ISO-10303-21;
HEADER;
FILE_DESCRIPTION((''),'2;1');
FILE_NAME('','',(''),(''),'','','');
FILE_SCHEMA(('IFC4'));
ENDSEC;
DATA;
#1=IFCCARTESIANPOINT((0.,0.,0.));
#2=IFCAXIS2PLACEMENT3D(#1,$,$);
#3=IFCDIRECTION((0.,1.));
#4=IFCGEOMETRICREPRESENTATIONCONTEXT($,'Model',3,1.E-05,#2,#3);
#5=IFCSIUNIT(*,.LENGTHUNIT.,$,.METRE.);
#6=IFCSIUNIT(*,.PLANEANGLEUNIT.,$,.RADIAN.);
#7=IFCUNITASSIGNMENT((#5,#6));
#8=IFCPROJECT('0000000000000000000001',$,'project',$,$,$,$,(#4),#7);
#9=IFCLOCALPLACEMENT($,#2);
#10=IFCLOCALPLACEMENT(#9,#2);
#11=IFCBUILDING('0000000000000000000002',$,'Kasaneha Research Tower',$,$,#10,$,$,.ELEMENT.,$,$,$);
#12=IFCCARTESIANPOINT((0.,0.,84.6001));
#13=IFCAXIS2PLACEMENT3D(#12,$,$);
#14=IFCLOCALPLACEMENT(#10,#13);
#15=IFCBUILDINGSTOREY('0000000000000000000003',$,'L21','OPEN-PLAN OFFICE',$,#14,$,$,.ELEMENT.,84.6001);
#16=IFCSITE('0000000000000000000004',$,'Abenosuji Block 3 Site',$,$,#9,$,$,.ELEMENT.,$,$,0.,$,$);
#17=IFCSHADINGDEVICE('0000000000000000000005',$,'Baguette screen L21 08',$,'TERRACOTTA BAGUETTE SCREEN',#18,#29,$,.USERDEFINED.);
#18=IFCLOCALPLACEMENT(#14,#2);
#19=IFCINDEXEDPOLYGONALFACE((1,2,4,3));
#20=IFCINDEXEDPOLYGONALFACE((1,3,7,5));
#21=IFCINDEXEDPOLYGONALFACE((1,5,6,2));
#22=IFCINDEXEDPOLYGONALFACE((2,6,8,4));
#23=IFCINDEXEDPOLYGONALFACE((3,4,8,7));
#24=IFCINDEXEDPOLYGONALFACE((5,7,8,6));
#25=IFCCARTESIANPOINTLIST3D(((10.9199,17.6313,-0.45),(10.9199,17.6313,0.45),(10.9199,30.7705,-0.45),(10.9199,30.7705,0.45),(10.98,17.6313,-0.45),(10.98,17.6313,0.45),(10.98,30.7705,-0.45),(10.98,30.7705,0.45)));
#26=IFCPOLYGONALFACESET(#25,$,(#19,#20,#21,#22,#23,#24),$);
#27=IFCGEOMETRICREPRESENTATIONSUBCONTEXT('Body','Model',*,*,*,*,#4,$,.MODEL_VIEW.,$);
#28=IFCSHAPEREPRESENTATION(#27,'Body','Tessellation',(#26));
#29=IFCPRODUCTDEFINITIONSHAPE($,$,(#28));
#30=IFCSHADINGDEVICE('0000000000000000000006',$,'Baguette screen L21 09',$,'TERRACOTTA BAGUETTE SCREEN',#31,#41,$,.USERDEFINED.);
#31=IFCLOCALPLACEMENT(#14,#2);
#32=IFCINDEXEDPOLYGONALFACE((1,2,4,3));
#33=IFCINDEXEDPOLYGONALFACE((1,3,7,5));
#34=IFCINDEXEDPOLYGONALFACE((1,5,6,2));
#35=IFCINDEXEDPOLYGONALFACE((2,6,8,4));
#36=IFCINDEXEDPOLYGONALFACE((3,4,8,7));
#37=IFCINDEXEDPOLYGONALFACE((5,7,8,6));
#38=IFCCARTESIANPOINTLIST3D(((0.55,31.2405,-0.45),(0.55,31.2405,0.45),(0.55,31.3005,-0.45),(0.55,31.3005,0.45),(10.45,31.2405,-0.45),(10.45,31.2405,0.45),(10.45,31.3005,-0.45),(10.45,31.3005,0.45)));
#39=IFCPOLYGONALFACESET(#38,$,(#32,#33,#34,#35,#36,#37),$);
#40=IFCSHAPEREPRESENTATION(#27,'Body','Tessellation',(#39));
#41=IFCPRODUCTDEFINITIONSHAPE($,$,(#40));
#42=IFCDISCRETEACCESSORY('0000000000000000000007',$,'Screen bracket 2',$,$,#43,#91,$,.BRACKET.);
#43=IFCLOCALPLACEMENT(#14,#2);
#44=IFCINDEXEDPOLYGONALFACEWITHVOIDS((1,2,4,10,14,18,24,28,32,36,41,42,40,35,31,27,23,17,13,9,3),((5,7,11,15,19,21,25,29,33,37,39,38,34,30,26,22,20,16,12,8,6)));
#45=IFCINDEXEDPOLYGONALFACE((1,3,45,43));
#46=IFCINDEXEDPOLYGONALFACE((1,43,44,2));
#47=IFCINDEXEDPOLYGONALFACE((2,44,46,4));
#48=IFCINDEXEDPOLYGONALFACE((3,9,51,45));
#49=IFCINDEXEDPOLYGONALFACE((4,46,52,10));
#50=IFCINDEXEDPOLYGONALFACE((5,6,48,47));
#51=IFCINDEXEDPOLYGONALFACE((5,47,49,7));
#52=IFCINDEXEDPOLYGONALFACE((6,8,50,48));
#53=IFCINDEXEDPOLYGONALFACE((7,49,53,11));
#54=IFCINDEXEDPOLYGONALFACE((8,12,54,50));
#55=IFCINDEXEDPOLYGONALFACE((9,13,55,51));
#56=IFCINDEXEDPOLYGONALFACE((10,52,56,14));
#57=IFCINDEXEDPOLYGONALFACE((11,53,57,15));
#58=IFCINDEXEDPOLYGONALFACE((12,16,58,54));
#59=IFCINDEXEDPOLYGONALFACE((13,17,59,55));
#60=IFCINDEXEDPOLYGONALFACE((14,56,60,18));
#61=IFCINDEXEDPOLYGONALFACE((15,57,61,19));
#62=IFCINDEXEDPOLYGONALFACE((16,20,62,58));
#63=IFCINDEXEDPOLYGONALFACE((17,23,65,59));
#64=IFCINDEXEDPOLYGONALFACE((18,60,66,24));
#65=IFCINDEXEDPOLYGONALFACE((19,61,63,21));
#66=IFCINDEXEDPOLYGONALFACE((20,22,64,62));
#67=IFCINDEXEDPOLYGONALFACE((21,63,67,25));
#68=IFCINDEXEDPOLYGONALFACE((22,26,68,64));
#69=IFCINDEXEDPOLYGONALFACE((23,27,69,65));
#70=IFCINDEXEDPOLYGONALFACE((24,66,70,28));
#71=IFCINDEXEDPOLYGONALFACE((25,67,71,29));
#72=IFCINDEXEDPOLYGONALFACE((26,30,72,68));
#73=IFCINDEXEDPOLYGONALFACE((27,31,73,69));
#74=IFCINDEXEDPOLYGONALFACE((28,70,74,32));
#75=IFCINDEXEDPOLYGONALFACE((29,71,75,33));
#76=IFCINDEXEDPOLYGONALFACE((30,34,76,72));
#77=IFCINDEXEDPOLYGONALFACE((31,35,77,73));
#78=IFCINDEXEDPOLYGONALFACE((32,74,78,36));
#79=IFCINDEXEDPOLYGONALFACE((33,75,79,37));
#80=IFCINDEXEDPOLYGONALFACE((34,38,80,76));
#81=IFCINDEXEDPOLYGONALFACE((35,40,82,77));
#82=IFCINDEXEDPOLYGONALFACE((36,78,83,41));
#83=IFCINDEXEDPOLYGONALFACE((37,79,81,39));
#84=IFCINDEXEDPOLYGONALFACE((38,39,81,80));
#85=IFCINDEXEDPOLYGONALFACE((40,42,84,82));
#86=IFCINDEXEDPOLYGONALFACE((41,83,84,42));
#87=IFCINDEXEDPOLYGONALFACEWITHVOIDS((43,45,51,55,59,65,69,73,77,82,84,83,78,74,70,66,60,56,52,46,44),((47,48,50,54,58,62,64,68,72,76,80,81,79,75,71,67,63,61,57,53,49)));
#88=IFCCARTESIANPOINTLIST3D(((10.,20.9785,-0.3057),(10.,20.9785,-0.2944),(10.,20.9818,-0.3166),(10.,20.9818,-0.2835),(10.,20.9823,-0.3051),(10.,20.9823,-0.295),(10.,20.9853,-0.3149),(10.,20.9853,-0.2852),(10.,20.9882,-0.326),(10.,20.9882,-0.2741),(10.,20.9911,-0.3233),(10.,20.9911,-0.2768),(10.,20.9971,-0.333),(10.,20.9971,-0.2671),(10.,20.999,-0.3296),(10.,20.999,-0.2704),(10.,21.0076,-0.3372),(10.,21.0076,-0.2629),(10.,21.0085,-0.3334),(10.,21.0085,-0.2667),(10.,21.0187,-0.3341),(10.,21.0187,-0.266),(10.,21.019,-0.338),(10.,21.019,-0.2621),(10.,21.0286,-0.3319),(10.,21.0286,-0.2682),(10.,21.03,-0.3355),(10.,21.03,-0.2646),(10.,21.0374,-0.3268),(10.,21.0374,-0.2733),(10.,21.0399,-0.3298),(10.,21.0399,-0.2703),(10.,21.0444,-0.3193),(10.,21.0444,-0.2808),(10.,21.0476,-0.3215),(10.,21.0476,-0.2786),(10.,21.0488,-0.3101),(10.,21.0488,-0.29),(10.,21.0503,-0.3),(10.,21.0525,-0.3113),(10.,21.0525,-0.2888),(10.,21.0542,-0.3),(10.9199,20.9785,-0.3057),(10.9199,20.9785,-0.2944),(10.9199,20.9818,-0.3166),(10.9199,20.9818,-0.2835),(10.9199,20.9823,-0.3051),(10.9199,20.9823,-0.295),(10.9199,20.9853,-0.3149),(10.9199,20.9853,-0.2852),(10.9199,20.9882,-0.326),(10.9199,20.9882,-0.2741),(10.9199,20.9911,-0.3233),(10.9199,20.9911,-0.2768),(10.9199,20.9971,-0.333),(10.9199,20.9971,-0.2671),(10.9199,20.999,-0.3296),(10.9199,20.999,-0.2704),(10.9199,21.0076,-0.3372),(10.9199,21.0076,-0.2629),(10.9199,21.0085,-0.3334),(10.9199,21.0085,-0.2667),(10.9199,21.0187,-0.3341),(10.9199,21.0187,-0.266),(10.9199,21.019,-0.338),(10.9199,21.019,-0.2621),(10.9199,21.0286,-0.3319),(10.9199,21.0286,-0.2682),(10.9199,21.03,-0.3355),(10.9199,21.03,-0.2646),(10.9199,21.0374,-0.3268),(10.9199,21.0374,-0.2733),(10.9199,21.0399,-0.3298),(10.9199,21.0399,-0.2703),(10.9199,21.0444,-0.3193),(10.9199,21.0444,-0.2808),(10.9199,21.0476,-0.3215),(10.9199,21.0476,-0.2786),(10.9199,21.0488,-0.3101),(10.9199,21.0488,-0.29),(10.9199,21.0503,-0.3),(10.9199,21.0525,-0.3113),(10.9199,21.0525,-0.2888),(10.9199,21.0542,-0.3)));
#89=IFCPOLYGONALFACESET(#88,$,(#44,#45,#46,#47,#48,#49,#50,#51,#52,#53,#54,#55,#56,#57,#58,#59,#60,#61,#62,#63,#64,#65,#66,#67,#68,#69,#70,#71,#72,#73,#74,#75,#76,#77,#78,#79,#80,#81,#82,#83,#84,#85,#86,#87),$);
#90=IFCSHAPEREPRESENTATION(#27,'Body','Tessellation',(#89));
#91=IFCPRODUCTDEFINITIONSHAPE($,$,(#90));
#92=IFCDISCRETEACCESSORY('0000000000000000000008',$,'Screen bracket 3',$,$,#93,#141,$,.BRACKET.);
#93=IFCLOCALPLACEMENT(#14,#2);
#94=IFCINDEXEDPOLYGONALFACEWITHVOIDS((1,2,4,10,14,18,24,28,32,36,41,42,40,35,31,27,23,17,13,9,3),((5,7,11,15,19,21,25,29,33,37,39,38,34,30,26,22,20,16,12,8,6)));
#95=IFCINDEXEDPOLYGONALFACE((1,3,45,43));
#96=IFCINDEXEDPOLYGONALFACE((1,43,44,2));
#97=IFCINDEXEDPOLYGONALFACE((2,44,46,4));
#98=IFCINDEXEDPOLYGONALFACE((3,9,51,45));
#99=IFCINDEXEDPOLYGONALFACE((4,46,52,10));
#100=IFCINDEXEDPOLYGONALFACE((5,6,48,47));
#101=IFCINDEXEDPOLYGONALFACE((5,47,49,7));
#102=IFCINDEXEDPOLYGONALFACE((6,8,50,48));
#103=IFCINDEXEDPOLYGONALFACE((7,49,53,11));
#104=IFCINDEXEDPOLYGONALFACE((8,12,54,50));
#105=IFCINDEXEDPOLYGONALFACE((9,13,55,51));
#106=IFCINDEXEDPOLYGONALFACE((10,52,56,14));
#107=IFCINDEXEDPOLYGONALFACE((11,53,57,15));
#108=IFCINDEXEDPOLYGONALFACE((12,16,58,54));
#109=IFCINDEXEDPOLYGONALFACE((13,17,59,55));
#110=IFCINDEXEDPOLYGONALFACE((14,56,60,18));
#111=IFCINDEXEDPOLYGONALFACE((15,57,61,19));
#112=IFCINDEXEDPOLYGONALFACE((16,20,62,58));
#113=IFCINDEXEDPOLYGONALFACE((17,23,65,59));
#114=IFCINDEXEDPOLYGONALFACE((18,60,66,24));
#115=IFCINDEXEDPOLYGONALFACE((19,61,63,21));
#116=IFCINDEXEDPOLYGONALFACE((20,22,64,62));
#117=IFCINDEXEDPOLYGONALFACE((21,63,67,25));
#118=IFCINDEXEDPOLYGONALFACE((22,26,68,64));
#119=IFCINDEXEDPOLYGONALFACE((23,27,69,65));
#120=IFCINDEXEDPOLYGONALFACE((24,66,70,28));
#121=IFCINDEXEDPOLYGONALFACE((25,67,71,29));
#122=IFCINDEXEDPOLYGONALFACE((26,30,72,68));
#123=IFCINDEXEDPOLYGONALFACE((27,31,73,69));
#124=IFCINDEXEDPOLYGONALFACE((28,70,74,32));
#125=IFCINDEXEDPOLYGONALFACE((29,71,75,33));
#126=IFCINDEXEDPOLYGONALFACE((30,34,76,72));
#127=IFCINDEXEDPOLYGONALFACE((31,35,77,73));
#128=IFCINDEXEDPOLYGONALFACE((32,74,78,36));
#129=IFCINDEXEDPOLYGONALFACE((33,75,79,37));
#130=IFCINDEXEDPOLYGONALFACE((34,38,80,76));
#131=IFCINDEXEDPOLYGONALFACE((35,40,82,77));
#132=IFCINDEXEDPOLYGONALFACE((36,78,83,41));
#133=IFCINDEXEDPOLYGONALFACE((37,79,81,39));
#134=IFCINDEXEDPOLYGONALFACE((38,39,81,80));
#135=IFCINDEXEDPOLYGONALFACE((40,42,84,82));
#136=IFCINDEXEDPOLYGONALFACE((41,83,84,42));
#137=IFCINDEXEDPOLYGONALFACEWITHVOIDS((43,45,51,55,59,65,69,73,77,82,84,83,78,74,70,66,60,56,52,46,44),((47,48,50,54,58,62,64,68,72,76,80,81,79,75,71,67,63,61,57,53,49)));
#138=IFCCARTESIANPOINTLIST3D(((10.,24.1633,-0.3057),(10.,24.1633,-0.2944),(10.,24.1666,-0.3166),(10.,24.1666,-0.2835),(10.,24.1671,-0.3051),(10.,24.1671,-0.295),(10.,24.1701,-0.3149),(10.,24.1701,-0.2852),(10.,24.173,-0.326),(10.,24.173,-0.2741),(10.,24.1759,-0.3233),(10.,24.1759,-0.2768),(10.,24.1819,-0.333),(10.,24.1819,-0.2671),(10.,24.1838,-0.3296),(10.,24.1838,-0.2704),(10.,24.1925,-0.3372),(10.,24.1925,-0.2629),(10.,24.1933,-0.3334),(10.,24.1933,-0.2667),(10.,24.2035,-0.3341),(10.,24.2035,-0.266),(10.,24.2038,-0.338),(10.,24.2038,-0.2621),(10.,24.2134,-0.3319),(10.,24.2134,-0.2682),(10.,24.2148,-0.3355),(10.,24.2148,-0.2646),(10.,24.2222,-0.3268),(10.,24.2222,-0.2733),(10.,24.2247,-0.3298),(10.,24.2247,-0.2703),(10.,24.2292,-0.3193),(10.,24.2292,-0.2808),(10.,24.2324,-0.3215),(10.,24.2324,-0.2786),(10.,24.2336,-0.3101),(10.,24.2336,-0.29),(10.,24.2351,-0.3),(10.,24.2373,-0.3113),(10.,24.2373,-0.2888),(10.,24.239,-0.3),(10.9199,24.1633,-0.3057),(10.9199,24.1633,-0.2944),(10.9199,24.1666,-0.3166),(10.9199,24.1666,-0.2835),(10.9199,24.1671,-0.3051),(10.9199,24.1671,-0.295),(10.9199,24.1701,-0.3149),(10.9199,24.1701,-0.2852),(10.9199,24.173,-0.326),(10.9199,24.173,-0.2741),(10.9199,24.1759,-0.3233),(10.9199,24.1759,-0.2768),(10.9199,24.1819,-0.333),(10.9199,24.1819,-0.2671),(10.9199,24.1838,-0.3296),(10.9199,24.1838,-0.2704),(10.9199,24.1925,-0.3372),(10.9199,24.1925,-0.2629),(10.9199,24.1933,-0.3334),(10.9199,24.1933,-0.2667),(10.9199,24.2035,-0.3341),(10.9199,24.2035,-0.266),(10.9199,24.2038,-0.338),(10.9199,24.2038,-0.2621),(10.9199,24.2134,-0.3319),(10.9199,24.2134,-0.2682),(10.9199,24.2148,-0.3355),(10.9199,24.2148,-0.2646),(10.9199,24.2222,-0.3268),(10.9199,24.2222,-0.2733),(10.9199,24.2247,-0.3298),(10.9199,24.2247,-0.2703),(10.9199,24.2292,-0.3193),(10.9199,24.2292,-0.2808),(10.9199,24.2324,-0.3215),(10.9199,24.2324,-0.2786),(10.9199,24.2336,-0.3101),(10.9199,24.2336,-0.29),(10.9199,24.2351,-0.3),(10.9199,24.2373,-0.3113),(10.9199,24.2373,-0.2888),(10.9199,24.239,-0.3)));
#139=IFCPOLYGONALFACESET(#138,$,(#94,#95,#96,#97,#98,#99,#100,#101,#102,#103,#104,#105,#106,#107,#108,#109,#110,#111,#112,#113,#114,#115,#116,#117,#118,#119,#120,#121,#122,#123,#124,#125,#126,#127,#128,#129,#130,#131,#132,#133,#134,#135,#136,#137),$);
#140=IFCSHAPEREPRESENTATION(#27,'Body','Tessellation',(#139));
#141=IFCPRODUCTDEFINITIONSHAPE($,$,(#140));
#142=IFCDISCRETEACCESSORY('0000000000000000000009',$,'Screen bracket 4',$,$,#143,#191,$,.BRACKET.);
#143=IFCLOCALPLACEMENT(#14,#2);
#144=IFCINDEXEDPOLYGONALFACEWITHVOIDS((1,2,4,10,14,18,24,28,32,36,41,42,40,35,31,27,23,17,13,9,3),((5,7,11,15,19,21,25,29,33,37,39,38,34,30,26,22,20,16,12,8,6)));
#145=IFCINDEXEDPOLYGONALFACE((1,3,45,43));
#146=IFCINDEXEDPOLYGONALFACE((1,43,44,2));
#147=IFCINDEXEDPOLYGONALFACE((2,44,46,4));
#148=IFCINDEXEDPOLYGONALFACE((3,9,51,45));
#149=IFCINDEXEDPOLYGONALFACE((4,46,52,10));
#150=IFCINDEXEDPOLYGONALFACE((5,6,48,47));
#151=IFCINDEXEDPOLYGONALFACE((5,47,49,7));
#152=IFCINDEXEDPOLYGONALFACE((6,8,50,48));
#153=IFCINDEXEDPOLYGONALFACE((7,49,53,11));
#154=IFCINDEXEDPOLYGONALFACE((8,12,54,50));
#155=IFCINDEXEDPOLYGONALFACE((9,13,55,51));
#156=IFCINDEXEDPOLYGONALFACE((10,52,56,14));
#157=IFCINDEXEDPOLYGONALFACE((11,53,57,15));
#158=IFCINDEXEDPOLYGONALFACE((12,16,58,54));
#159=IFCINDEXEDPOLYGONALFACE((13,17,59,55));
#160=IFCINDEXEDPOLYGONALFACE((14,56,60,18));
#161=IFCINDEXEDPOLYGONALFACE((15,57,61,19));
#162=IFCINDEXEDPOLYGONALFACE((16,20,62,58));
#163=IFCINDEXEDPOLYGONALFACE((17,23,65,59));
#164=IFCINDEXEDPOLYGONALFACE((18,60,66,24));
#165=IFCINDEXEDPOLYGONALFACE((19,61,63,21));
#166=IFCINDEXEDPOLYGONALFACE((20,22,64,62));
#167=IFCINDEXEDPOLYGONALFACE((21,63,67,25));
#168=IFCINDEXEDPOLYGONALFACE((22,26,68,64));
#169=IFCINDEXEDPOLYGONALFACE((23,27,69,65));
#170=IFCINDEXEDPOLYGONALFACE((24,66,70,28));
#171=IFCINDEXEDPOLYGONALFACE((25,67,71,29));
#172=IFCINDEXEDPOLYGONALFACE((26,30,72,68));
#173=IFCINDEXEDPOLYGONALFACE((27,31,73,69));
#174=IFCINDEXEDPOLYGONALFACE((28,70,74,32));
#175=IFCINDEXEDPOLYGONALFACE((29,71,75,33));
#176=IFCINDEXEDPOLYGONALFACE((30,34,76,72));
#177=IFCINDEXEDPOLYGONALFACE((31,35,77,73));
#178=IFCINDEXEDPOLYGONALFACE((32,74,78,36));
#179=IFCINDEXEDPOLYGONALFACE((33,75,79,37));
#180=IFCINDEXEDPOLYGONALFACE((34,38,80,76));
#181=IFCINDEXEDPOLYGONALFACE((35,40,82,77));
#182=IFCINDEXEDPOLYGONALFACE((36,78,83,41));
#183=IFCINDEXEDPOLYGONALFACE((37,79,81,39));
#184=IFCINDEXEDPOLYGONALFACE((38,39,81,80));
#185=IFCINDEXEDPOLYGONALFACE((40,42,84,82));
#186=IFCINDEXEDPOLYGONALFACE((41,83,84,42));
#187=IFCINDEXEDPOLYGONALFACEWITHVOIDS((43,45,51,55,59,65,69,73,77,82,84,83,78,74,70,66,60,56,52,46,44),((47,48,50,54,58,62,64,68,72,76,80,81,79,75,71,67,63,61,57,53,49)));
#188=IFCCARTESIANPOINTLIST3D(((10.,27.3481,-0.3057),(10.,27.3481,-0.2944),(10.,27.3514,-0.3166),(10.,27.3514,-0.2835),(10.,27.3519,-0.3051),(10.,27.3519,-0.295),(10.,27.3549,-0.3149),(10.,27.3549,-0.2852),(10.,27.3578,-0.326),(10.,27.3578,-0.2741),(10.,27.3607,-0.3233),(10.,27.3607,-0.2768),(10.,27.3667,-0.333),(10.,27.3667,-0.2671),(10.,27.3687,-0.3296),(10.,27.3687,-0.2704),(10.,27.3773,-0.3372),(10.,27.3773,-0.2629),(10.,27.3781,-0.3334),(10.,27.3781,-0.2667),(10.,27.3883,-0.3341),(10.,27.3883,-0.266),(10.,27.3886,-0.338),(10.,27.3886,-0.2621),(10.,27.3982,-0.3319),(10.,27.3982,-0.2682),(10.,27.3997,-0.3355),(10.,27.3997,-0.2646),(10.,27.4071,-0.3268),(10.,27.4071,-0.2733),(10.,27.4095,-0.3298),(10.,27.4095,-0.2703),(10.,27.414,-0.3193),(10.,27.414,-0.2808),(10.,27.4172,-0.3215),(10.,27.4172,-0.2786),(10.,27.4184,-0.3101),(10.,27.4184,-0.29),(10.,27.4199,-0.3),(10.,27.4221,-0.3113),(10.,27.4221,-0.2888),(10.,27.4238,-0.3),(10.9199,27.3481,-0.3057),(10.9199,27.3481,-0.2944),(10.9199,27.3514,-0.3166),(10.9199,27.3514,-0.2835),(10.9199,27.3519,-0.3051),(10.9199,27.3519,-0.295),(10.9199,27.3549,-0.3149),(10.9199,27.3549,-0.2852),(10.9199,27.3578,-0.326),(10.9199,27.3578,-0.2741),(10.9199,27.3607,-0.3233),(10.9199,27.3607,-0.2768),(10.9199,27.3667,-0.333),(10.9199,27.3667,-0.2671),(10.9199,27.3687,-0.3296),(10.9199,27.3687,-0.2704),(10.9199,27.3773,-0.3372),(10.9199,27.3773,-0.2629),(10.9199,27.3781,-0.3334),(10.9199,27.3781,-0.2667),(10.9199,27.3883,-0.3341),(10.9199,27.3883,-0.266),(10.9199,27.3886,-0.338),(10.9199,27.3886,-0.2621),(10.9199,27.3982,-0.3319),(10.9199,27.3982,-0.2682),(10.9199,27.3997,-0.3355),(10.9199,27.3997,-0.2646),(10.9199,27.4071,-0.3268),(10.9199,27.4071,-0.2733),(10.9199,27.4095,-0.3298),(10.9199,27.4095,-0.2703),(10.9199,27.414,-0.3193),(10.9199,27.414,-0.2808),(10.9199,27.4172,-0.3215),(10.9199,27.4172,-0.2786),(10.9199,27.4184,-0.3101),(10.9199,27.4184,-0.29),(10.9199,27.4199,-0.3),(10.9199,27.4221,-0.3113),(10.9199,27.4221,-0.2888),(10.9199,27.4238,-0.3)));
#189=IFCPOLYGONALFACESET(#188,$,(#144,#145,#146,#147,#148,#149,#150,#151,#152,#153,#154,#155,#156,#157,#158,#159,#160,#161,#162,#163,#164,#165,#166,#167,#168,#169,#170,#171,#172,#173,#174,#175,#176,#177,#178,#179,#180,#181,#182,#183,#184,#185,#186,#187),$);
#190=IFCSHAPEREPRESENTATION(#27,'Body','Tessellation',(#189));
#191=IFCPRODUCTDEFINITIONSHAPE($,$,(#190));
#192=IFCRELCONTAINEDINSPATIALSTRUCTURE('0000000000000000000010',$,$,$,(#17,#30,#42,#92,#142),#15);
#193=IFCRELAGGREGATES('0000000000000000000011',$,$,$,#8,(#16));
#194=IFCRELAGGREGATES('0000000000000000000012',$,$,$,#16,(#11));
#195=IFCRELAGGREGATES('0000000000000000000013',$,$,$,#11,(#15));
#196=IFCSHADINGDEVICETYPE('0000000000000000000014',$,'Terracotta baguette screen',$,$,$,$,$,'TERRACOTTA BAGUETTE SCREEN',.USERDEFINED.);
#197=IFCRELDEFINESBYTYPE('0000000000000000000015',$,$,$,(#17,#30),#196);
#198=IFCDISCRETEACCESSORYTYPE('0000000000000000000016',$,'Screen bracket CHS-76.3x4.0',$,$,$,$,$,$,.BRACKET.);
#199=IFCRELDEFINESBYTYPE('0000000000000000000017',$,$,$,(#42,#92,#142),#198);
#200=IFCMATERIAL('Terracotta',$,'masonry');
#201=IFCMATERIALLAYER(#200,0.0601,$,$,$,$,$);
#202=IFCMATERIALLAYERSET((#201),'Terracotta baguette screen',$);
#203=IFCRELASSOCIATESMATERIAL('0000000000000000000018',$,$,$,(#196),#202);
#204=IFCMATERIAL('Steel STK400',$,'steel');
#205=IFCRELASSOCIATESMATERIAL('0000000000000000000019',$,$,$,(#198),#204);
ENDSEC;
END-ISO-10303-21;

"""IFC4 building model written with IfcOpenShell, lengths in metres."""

from ifc_helpers import new_model, si_unit, direction, frame, origin, origin_2d, place, context, subcontext, project, spatial, rectangle, hollow_circle, extrude, material, layer, layer_set, material_profile, profile_set, type_object, element, save


model = new_model("IFC4")

# Units and contexts
model_context = context("Model", 3, precision=1e-05, world=origin(), true_north=direction((0.0, 1.0)))
body_context = subcontext(model_context, "Body", "Model", "MODEL_VIEW")
ifc_project = project(units=[si_unit("LENGTHUNIT", "METRE"), si_unit("PLANEANGLEUNIT", "RADIAN")], contexts=[model_context])

# Site, building, storey
site_placement = place(None, origin())
site = spatial("IfcSite", under=ifc_project, at=site_placement, Name="Abenosuji Block 3 Site", CompositionType="ELEMENT", RefElevation=0.0)
building_placement = place(site_placement, origin())
building = spatial("IfcBuilding", under=site, at=building_placement, Name="Kasaneha Research Tower", CompositionType="ELEMENT")
storey_placement = place(building_placement, frame((0.0, 0.0, 84.6001)))
storey = spatial("IfcBuildingStorey", under=building, at=storey_placement, Name="L21", Description="OPEN-PLAN OFFICE", CompositionType="ELEMENT", Elevation=84.6001)

# Shading devices
ifc_material_1 = material(Name="Terracotta", Category="masonry")
ifc_layer_1 = layer(ifc_material_1, 0.0601)
ifc_layer_set_1 = layer_set([ifc_layer_1], Name="Terracotta baguette screen")
shading_device_type = type_object("IfcShadingDeviceType", Name="Terracotta baguette screen", ElementType="TERRACOTTA BAGUETTE SCREEN", PredefinedType="USERDEFINED", material=ifc_layer_set_1)
shading_device_1_placement = place(storey_placement, frame((10.95, 24.2009, -0.45), z_axis=(0.0, 0.0, 1.0), x_axis=(0.0, 1.0, 0.0)))
element("IfcShadingDevice", 1, at=shading_device_1_placement, inside=storey, type_object=shading_device_type, Name="Baguette screen L21 08", ObjectType="TERRACOTTA BAGUETTE SCREEN", PredefinedType="USERDEFINED", context=body_context, shape_type="SweptSolid", body=[
    extrude(rectangle(XDim=13.1392, YDim=0.0601, at=origin_2d()), origin(), (0.0, 0.0, 1.0), 0.8999),
])
shading_device_2_placement = place(storey_placement, frame((5.5, 31.2705, -0.45), z_axis=(0.0, 0.0, 1.0), x_axis=(-1.0, 0.0, 0.0)))
element("IfcShadingDevice", 2, at=shading_device_2_placement, inside=storey, type_object=shading_device_type, Name="Baguette screen L21 09", ObjectType="TERRACOTTA BAGUETTE SCREEN", PredefinedType="USERDEFINED", context=body_context, shape_type="SweptSolid", body=[
    extrude(rectangle(XDim=9.8999, YDim=0.0601, at=origin_2d()), origin(), (0.0, 0.0, 1.0), 0.8999),
])

# Discrete accessories
ifc_material_2 = material(Name="Steel STK400", Category="steel")
ifc_material_profile_1 = material_profile(ifc_material_2, hollow_circle(Radius=0.0381, WallThickness=0.0039, at=origin_2d()), Name="CHS-76.3x4.0")
ifc_profile_set_1 = profile_set([ifc_material_profile_1], Name="Steel STK400")
discrete_accessory_type = type_object("IfcDiscreteAccessoryType", Name="Screen bracket CHS-76.3x4.0", PredefinedType="BRACKET", material=ifc_profile_set_1)
for number, where, z_axis, x_axis, name in (
    (3, (10.0, 21.0161, -0.3), (1.0, 0.0, 0.0), (0.0, 1.0, 0.0), "Screen bracket 2"),
    (4, (10.0, 24.2009, -0.3), (1.0, 0.0, 0.0), (0.0, 1.0, 0.0), "Screen bracket 3"),
    (5, (10.0, 27.3857, -0.3), (1.0, 0.0, 0.0), (0.0, 1.0, 0.0), "Screen bracket 4"),
):
    element("IfcDiscreteAccessory", number, at=place(storey_placement, frame(where, z_axis=z_axis, x_axis=x_axis)), inside=storey, type_object=discrete_accessory_type, Name=name, PredefinedType="BRACKET", context=body_context, shape_type="SweptSolid", body=[
        extrude(hollow_circle(Radius=0.0381, WallThickness=0.0039, at=origin_2d()), origin(), (0.0, 0.0, 1.0), 0.9199),
    ])

save(model, "model.ifc")
